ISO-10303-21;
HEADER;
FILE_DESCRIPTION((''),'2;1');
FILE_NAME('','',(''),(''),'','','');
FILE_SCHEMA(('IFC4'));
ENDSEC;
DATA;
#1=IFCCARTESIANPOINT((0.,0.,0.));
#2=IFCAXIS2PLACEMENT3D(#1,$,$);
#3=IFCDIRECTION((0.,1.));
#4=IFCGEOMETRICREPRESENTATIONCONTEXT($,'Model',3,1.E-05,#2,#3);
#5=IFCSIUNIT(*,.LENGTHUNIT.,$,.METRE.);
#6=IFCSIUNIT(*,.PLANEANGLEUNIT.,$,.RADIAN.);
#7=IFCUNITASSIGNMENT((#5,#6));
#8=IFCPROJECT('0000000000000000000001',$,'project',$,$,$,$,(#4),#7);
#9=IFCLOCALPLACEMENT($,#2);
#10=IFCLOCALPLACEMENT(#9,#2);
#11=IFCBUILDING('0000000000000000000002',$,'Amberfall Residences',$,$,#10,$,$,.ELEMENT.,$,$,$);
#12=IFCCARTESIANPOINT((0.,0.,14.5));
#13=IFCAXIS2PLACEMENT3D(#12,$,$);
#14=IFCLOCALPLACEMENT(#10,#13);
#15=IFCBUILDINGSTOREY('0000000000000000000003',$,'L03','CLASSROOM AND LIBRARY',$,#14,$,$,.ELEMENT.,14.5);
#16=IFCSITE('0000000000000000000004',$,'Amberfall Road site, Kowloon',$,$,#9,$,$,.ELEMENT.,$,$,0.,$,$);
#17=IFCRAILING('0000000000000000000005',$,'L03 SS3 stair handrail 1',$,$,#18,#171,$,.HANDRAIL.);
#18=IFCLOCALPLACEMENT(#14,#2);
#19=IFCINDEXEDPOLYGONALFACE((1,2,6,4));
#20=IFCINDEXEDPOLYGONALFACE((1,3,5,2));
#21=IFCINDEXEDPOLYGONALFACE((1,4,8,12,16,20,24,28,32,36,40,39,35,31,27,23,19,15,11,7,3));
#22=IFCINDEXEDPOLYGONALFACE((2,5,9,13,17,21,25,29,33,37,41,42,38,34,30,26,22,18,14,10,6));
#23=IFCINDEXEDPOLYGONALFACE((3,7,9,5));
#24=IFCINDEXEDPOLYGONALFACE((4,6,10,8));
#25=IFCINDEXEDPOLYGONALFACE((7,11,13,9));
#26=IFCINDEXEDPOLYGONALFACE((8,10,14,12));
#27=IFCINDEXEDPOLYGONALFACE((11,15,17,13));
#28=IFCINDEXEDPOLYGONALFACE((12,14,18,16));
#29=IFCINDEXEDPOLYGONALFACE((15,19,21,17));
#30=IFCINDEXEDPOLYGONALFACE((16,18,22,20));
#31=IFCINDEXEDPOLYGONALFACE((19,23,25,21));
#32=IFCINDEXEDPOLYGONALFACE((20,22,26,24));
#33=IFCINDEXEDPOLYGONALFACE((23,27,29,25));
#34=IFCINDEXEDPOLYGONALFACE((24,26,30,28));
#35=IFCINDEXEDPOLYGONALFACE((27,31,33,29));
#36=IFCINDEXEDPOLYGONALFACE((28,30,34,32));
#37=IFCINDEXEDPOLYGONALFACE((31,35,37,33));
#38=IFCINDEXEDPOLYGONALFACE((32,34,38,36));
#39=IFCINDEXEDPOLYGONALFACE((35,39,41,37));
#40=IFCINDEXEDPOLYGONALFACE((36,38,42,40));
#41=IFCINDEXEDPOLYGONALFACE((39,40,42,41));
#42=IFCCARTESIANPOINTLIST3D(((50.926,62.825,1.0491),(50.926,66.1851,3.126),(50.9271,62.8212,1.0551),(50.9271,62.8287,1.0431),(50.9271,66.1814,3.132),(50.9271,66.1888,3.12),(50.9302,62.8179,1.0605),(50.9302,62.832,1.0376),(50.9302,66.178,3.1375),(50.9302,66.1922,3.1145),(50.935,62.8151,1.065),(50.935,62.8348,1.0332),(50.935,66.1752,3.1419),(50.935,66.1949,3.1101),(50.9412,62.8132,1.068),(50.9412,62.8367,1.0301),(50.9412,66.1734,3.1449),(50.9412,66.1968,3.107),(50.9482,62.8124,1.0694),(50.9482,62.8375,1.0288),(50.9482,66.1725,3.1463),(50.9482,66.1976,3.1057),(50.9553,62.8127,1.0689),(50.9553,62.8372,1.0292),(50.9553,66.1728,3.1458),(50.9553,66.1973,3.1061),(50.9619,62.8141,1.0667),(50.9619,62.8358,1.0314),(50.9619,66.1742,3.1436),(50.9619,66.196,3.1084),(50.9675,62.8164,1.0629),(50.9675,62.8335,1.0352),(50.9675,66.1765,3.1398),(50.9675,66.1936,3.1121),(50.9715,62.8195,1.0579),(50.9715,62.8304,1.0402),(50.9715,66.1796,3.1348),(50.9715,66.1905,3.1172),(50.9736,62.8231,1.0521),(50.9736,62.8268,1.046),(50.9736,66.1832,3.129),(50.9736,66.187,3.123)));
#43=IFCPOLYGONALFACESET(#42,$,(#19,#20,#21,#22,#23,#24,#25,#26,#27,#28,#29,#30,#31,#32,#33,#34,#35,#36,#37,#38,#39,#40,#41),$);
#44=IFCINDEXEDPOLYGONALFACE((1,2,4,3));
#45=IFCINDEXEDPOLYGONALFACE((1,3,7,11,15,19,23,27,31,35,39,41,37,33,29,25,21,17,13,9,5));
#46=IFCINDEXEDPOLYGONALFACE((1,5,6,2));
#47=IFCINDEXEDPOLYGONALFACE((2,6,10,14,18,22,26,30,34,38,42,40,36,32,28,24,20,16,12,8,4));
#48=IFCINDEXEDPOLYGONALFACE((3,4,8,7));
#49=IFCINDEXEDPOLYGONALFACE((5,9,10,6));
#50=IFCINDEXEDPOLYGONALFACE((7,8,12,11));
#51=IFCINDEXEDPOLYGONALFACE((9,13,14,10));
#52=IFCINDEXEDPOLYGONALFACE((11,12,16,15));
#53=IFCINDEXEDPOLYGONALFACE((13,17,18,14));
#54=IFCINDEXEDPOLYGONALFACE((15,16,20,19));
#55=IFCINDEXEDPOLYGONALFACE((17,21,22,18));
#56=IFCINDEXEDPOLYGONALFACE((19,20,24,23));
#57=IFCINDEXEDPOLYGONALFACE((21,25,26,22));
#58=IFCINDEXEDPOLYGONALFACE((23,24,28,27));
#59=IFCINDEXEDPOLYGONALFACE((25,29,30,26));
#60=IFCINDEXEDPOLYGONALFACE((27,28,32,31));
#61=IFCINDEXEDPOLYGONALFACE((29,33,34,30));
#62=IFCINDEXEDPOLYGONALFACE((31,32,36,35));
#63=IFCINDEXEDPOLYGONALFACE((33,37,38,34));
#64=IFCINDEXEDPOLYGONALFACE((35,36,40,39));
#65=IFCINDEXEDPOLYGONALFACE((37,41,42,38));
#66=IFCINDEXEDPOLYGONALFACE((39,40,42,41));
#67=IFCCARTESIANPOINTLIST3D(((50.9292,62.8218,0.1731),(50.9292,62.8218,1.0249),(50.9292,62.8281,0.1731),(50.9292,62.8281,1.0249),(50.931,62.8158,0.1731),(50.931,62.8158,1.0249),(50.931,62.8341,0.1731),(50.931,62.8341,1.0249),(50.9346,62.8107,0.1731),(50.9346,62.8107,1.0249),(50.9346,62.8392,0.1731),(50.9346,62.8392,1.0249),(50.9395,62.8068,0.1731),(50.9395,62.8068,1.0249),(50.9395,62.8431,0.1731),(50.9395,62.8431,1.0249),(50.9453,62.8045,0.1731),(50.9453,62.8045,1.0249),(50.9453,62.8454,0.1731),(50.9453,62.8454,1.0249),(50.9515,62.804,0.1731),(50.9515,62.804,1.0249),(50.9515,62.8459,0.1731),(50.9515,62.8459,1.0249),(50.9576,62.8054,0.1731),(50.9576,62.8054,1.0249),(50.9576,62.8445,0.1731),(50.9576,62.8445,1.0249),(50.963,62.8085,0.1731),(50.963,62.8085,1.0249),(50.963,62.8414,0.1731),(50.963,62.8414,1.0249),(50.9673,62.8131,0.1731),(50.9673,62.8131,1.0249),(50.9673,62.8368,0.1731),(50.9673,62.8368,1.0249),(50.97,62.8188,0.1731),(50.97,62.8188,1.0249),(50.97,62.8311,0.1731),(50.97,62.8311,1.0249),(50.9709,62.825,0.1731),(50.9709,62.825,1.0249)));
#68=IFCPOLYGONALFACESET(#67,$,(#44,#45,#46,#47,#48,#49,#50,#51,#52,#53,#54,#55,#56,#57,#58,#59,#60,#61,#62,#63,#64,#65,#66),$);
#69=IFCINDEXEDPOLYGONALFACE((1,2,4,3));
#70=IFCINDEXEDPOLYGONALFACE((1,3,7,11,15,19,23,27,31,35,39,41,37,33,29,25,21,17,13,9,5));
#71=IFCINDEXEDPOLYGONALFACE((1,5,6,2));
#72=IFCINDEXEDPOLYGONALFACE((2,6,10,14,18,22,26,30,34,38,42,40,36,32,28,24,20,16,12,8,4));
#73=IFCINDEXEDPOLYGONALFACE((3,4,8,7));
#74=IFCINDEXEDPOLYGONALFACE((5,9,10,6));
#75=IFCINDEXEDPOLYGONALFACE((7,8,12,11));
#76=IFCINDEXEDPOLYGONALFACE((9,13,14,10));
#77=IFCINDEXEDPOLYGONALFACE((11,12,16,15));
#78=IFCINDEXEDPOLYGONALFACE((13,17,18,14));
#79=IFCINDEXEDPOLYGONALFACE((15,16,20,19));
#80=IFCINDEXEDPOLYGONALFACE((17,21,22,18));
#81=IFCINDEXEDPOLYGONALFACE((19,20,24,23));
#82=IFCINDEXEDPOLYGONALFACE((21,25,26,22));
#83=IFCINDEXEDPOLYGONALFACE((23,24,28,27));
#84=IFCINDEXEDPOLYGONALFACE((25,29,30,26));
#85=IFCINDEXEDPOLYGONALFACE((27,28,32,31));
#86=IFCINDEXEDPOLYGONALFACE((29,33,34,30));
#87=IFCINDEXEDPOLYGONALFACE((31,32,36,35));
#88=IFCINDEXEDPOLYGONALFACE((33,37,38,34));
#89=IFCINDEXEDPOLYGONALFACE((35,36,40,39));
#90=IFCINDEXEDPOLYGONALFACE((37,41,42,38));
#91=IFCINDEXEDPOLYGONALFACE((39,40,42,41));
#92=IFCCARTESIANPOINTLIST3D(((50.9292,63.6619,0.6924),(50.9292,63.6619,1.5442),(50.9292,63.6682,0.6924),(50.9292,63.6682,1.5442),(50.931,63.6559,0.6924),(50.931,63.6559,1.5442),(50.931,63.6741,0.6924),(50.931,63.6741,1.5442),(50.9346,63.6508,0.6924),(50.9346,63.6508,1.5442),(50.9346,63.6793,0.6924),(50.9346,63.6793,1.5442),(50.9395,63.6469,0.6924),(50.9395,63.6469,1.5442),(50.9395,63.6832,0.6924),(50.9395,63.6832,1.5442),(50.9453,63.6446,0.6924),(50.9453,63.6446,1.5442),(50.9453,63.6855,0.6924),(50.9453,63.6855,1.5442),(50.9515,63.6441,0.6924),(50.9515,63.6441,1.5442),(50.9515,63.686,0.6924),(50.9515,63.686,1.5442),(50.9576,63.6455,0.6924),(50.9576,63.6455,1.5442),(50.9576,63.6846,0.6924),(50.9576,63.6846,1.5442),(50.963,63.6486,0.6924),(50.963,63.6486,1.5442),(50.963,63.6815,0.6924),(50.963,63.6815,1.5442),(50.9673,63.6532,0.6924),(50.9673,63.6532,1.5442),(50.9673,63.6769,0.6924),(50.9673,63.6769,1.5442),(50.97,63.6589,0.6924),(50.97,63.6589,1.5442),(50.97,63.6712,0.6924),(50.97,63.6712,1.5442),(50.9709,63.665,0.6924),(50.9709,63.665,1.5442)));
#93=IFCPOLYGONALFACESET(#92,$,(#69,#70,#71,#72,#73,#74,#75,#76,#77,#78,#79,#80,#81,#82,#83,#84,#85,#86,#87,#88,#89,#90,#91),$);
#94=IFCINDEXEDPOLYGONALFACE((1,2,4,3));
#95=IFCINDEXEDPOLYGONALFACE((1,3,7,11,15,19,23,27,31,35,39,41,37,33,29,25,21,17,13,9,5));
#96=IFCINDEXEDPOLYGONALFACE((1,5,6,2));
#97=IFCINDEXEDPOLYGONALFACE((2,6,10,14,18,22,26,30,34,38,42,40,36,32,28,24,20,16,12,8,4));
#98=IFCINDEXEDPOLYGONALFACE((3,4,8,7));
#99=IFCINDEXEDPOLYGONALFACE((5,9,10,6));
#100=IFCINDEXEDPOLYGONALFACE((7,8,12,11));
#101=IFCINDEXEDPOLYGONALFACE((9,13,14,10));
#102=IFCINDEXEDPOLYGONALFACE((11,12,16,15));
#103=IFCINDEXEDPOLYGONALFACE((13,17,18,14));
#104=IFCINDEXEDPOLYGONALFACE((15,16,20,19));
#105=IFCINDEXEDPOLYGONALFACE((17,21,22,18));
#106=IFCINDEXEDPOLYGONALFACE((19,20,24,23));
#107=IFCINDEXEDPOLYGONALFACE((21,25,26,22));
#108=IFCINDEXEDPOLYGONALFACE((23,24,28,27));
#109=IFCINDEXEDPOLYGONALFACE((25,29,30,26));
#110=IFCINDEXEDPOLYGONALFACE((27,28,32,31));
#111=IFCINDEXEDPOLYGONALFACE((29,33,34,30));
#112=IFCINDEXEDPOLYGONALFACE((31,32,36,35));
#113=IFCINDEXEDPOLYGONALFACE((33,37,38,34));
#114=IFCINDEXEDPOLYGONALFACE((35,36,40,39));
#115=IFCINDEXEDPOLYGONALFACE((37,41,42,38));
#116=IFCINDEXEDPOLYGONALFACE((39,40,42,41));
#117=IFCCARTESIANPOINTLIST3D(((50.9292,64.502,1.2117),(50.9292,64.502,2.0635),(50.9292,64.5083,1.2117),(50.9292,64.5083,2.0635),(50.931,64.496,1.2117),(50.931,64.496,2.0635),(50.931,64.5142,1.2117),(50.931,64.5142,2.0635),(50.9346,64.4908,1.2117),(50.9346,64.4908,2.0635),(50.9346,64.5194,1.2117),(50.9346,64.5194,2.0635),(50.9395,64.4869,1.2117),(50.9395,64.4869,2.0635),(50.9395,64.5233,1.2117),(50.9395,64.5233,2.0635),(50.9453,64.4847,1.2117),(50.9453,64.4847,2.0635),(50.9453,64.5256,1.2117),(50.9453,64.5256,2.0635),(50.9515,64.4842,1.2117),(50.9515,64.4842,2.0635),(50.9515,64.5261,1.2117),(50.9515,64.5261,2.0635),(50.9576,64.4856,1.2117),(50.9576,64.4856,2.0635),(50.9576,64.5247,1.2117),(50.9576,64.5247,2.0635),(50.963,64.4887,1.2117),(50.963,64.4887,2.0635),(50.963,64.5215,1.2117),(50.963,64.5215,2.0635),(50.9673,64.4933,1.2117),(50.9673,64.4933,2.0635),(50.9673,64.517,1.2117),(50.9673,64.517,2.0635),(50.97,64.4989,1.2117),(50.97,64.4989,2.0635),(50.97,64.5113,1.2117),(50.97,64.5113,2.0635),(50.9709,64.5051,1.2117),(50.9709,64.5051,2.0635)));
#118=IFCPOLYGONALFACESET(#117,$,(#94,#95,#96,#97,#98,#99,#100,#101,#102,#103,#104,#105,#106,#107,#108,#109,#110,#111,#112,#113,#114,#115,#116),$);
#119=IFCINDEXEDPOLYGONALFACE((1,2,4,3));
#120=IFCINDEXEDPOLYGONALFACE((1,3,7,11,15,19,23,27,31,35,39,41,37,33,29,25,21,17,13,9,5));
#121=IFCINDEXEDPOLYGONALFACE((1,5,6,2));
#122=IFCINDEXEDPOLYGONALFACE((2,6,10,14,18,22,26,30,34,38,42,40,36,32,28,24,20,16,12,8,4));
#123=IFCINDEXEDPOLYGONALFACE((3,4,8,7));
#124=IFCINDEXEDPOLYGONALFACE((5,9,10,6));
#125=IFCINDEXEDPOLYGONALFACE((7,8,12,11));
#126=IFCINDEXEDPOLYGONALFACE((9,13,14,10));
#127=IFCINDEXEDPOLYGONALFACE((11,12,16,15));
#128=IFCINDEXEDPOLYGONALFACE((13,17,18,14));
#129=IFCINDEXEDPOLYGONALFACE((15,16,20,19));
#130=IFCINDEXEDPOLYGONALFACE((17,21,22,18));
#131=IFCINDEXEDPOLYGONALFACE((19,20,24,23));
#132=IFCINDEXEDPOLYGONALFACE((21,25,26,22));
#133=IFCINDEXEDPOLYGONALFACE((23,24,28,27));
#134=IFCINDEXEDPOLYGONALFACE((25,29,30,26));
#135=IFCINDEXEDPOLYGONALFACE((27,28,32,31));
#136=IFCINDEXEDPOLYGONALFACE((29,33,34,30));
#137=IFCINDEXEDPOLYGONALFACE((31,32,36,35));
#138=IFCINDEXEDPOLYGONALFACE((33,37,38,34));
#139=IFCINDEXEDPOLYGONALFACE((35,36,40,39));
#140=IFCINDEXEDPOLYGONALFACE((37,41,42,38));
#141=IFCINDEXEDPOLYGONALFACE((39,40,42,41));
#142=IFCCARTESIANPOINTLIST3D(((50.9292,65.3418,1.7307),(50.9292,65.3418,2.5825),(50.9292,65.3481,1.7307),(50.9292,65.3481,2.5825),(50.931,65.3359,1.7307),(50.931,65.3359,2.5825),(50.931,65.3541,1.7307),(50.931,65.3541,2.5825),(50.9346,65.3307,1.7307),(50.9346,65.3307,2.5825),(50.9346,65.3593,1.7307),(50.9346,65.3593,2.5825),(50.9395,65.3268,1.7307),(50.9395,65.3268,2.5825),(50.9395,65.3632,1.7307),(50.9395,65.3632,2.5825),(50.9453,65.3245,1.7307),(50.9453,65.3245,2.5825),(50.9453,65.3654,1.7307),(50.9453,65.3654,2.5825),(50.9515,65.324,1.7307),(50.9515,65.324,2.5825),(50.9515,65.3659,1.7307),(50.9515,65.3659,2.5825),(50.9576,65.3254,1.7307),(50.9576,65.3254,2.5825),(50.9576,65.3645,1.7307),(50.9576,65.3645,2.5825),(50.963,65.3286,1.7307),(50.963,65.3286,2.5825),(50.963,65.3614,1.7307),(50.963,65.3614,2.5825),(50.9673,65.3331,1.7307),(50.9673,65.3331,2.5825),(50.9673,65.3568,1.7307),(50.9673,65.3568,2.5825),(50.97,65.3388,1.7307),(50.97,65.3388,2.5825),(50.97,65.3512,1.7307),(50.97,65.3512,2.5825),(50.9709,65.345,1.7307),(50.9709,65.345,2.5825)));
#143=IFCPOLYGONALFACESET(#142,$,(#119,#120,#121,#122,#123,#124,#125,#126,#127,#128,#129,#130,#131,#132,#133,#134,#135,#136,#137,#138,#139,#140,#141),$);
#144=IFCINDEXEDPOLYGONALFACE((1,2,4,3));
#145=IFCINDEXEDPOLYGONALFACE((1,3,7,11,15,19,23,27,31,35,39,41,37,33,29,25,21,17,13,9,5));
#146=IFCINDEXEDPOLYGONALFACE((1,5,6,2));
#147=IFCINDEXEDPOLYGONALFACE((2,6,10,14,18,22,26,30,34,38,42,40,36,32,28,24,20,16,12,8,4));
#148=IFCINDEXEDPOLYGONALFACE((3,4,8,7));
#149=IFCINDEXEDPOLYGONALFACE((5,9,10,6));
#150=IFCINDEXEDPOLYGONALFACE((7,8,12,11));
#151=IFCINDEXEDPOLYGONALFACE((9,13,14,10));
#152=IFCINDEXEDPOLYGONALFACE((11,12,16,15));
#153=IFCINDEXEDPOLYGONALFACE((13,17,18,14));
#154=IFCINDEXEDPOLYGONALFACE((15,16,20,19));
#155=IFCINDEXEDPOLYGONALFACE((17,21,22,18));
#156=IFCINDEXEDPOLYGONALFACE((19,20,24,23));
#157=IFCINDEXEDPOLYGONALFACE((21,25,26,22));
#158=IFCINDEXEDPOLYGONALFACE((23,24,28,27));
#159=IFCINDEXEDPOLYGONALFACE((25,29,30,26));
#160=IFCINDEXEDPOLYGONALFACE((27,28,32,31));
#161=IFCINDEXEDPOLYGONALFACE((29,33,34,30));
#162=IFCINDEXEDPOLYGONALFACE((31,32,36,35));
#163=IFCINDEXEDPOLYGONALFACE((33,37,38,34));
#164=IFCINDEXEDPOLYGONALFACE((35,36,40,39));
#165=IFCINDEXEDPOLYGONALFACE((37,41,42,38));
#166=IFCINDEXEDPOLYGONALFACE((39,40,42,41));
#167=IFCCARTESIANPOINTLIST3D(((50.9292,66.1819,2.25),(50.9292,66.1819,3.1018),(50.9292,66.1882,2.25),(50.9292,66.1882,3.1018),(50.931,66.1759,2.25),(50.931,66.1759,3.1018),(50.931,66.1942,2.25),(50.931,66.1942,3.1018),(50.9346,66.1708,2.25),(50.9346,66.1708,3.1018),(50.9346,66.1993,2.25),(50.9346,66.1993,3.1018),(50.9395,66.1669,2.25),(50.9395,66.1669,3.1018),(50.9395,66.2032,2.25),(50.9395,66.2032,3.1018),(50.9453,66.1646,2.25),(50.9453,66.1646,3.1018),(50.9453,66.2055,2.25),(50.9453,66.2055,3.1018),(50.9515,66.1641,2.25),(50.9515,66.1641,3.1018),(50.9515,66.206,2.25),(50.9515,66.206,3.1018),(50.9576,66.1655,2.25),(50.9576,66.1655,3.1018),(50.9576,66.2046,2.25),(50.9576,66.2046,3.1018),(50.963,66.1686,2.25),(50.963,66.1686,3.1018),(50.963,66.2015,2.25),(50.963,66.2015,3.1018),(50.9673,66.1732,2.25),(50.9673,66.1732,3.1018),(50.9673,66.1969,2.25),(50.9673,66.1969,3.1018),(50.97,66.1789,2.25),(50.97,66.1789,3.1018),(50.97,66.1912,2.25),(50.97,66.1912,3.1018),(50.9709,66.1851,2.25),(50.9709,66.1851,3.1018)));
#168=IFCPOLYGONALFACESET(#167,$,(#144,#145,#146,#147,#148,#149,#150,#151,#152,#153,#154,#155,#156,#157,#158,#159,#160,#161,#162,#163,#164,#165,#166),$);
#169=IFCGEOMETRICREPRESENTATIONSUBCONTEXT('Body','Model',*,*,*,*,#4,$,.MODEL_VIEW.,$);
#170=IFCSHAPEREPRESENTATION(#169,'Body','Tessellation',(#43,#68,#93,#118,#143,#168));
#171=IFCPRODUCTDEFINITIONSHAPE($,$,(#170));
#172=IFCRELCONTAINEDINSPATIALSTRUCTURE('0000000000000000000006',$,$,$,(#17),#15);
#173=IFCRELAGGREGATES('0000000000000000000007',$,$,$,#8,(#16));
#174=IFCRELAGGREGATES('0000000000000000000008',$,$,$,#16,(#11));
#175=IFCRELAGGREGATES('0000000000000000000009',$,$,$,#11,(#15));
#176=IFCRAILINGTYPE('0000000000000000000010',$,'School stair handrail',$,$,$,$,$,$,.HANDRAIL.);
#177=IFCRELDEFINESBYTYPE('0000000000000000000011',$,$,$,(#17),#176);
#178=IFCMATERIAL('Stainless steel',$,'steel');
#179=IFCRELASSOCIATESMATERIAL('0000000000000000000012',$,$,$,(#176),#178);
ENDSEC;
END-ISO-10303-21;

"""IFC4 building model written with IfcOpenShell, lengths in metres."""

from ifc_helpers import new_model, si_unit, direction, frame, origin, origin_2d, place, context, subcontext, project, spatial, circle, extrude, material, type_object, element, save


model = new_model("IFC4")

# Units and contexts
model_context = context("Model", 3, precision=1e-05, world=origin(), true_north=direction((0.0, 1.0)))
body_context = subcontext(model_context, "Body", "Model", "MODEL_VIEW")
ifc_project = project(units=[si_unit("LENGTHUNIT", "METRE"), si_unit("PLANEANGLEUNIT", "RADIAN")], contexts=[model_context])

# Site, building, storey
site_placement = place(None, origin())
site = spatial("IfcSite", under=ifc_project, at=site_placement, Name="Amberfall Road site, Kowloon", CompositionType="ELEMENT", RefElevation=0.0)
building_placement = place(site_placement, origin())
building = spatial("IfcBuilding", under=site, at=building_placement, Name="Amberfall Residences", CompositionType="ELEMENT")
storey_placement = place(building_placement, frame((0.0, 0.0, 14.5)))
storey = spatial("IfcBuildingStorey", under=building, at=storey_placement, Name="L03", Description="CLASSROOM AND LIBRARY", CompositionType="ELEMENT", Elevation=14.5)

# Railing
ifc_material_1 = material(Name="Stainless steel", Category="steel")
railing_type_1 = type_object("IfcRailingType", Name="School stair handrail", PredefinedType="HANDRAIL", material=ifc_material_1)
railing_1_placement = place(storey_placement, frame((50.95, 62.825, 0.1731)))
element("IfcRailing", 1, at=railing_1_placement, inside=storey, type_object=railing_type_1, Name="L03 SS3 stair handrail 1", PredefinedType="HANDRAIL", context=body_context, shape_type="SweptSolid", body=[
    extrude(circle(Radius=0.0239, at=origin_2d()), frame((0.0, 0.0, 0.876), z_axis=(0.0, 0.850623, 0.525776), x_axis=(-1.0, 0.0, 0.0)), (0.0, 0.0, 1.0), 3.9502),
    extrude(circle(Radius=0.021, at=origin_2d()), origin(), (0.0, 0.0, 1.0), 0.8518),
    extrude(circle(Radius=0.021, at=origin_2d()), frame((0.0, 0.8401, 0.5193)), (0.0, 0.0, 1.0), 0.8518),
    extrude(circle(Radius=0.021, at=origin_2d()), frame((0.0, 1.6802, 1.0386)), (0.0, 0.0, 1.0), 0.8518),
    extrude(circle(Radius=0.021, at=origin_2d()), frame((0.0, 2.52, 1.5576)), (0.0, 0.0, 1.0), 0.8518),
    extrude(circle(Radius=0.021, at=origin_2d()), frame((0.0, 3.3601, 2.0769)), (0.0, 0.0, 1.0), 0.8518),
])

save(model, "model.ifc")
